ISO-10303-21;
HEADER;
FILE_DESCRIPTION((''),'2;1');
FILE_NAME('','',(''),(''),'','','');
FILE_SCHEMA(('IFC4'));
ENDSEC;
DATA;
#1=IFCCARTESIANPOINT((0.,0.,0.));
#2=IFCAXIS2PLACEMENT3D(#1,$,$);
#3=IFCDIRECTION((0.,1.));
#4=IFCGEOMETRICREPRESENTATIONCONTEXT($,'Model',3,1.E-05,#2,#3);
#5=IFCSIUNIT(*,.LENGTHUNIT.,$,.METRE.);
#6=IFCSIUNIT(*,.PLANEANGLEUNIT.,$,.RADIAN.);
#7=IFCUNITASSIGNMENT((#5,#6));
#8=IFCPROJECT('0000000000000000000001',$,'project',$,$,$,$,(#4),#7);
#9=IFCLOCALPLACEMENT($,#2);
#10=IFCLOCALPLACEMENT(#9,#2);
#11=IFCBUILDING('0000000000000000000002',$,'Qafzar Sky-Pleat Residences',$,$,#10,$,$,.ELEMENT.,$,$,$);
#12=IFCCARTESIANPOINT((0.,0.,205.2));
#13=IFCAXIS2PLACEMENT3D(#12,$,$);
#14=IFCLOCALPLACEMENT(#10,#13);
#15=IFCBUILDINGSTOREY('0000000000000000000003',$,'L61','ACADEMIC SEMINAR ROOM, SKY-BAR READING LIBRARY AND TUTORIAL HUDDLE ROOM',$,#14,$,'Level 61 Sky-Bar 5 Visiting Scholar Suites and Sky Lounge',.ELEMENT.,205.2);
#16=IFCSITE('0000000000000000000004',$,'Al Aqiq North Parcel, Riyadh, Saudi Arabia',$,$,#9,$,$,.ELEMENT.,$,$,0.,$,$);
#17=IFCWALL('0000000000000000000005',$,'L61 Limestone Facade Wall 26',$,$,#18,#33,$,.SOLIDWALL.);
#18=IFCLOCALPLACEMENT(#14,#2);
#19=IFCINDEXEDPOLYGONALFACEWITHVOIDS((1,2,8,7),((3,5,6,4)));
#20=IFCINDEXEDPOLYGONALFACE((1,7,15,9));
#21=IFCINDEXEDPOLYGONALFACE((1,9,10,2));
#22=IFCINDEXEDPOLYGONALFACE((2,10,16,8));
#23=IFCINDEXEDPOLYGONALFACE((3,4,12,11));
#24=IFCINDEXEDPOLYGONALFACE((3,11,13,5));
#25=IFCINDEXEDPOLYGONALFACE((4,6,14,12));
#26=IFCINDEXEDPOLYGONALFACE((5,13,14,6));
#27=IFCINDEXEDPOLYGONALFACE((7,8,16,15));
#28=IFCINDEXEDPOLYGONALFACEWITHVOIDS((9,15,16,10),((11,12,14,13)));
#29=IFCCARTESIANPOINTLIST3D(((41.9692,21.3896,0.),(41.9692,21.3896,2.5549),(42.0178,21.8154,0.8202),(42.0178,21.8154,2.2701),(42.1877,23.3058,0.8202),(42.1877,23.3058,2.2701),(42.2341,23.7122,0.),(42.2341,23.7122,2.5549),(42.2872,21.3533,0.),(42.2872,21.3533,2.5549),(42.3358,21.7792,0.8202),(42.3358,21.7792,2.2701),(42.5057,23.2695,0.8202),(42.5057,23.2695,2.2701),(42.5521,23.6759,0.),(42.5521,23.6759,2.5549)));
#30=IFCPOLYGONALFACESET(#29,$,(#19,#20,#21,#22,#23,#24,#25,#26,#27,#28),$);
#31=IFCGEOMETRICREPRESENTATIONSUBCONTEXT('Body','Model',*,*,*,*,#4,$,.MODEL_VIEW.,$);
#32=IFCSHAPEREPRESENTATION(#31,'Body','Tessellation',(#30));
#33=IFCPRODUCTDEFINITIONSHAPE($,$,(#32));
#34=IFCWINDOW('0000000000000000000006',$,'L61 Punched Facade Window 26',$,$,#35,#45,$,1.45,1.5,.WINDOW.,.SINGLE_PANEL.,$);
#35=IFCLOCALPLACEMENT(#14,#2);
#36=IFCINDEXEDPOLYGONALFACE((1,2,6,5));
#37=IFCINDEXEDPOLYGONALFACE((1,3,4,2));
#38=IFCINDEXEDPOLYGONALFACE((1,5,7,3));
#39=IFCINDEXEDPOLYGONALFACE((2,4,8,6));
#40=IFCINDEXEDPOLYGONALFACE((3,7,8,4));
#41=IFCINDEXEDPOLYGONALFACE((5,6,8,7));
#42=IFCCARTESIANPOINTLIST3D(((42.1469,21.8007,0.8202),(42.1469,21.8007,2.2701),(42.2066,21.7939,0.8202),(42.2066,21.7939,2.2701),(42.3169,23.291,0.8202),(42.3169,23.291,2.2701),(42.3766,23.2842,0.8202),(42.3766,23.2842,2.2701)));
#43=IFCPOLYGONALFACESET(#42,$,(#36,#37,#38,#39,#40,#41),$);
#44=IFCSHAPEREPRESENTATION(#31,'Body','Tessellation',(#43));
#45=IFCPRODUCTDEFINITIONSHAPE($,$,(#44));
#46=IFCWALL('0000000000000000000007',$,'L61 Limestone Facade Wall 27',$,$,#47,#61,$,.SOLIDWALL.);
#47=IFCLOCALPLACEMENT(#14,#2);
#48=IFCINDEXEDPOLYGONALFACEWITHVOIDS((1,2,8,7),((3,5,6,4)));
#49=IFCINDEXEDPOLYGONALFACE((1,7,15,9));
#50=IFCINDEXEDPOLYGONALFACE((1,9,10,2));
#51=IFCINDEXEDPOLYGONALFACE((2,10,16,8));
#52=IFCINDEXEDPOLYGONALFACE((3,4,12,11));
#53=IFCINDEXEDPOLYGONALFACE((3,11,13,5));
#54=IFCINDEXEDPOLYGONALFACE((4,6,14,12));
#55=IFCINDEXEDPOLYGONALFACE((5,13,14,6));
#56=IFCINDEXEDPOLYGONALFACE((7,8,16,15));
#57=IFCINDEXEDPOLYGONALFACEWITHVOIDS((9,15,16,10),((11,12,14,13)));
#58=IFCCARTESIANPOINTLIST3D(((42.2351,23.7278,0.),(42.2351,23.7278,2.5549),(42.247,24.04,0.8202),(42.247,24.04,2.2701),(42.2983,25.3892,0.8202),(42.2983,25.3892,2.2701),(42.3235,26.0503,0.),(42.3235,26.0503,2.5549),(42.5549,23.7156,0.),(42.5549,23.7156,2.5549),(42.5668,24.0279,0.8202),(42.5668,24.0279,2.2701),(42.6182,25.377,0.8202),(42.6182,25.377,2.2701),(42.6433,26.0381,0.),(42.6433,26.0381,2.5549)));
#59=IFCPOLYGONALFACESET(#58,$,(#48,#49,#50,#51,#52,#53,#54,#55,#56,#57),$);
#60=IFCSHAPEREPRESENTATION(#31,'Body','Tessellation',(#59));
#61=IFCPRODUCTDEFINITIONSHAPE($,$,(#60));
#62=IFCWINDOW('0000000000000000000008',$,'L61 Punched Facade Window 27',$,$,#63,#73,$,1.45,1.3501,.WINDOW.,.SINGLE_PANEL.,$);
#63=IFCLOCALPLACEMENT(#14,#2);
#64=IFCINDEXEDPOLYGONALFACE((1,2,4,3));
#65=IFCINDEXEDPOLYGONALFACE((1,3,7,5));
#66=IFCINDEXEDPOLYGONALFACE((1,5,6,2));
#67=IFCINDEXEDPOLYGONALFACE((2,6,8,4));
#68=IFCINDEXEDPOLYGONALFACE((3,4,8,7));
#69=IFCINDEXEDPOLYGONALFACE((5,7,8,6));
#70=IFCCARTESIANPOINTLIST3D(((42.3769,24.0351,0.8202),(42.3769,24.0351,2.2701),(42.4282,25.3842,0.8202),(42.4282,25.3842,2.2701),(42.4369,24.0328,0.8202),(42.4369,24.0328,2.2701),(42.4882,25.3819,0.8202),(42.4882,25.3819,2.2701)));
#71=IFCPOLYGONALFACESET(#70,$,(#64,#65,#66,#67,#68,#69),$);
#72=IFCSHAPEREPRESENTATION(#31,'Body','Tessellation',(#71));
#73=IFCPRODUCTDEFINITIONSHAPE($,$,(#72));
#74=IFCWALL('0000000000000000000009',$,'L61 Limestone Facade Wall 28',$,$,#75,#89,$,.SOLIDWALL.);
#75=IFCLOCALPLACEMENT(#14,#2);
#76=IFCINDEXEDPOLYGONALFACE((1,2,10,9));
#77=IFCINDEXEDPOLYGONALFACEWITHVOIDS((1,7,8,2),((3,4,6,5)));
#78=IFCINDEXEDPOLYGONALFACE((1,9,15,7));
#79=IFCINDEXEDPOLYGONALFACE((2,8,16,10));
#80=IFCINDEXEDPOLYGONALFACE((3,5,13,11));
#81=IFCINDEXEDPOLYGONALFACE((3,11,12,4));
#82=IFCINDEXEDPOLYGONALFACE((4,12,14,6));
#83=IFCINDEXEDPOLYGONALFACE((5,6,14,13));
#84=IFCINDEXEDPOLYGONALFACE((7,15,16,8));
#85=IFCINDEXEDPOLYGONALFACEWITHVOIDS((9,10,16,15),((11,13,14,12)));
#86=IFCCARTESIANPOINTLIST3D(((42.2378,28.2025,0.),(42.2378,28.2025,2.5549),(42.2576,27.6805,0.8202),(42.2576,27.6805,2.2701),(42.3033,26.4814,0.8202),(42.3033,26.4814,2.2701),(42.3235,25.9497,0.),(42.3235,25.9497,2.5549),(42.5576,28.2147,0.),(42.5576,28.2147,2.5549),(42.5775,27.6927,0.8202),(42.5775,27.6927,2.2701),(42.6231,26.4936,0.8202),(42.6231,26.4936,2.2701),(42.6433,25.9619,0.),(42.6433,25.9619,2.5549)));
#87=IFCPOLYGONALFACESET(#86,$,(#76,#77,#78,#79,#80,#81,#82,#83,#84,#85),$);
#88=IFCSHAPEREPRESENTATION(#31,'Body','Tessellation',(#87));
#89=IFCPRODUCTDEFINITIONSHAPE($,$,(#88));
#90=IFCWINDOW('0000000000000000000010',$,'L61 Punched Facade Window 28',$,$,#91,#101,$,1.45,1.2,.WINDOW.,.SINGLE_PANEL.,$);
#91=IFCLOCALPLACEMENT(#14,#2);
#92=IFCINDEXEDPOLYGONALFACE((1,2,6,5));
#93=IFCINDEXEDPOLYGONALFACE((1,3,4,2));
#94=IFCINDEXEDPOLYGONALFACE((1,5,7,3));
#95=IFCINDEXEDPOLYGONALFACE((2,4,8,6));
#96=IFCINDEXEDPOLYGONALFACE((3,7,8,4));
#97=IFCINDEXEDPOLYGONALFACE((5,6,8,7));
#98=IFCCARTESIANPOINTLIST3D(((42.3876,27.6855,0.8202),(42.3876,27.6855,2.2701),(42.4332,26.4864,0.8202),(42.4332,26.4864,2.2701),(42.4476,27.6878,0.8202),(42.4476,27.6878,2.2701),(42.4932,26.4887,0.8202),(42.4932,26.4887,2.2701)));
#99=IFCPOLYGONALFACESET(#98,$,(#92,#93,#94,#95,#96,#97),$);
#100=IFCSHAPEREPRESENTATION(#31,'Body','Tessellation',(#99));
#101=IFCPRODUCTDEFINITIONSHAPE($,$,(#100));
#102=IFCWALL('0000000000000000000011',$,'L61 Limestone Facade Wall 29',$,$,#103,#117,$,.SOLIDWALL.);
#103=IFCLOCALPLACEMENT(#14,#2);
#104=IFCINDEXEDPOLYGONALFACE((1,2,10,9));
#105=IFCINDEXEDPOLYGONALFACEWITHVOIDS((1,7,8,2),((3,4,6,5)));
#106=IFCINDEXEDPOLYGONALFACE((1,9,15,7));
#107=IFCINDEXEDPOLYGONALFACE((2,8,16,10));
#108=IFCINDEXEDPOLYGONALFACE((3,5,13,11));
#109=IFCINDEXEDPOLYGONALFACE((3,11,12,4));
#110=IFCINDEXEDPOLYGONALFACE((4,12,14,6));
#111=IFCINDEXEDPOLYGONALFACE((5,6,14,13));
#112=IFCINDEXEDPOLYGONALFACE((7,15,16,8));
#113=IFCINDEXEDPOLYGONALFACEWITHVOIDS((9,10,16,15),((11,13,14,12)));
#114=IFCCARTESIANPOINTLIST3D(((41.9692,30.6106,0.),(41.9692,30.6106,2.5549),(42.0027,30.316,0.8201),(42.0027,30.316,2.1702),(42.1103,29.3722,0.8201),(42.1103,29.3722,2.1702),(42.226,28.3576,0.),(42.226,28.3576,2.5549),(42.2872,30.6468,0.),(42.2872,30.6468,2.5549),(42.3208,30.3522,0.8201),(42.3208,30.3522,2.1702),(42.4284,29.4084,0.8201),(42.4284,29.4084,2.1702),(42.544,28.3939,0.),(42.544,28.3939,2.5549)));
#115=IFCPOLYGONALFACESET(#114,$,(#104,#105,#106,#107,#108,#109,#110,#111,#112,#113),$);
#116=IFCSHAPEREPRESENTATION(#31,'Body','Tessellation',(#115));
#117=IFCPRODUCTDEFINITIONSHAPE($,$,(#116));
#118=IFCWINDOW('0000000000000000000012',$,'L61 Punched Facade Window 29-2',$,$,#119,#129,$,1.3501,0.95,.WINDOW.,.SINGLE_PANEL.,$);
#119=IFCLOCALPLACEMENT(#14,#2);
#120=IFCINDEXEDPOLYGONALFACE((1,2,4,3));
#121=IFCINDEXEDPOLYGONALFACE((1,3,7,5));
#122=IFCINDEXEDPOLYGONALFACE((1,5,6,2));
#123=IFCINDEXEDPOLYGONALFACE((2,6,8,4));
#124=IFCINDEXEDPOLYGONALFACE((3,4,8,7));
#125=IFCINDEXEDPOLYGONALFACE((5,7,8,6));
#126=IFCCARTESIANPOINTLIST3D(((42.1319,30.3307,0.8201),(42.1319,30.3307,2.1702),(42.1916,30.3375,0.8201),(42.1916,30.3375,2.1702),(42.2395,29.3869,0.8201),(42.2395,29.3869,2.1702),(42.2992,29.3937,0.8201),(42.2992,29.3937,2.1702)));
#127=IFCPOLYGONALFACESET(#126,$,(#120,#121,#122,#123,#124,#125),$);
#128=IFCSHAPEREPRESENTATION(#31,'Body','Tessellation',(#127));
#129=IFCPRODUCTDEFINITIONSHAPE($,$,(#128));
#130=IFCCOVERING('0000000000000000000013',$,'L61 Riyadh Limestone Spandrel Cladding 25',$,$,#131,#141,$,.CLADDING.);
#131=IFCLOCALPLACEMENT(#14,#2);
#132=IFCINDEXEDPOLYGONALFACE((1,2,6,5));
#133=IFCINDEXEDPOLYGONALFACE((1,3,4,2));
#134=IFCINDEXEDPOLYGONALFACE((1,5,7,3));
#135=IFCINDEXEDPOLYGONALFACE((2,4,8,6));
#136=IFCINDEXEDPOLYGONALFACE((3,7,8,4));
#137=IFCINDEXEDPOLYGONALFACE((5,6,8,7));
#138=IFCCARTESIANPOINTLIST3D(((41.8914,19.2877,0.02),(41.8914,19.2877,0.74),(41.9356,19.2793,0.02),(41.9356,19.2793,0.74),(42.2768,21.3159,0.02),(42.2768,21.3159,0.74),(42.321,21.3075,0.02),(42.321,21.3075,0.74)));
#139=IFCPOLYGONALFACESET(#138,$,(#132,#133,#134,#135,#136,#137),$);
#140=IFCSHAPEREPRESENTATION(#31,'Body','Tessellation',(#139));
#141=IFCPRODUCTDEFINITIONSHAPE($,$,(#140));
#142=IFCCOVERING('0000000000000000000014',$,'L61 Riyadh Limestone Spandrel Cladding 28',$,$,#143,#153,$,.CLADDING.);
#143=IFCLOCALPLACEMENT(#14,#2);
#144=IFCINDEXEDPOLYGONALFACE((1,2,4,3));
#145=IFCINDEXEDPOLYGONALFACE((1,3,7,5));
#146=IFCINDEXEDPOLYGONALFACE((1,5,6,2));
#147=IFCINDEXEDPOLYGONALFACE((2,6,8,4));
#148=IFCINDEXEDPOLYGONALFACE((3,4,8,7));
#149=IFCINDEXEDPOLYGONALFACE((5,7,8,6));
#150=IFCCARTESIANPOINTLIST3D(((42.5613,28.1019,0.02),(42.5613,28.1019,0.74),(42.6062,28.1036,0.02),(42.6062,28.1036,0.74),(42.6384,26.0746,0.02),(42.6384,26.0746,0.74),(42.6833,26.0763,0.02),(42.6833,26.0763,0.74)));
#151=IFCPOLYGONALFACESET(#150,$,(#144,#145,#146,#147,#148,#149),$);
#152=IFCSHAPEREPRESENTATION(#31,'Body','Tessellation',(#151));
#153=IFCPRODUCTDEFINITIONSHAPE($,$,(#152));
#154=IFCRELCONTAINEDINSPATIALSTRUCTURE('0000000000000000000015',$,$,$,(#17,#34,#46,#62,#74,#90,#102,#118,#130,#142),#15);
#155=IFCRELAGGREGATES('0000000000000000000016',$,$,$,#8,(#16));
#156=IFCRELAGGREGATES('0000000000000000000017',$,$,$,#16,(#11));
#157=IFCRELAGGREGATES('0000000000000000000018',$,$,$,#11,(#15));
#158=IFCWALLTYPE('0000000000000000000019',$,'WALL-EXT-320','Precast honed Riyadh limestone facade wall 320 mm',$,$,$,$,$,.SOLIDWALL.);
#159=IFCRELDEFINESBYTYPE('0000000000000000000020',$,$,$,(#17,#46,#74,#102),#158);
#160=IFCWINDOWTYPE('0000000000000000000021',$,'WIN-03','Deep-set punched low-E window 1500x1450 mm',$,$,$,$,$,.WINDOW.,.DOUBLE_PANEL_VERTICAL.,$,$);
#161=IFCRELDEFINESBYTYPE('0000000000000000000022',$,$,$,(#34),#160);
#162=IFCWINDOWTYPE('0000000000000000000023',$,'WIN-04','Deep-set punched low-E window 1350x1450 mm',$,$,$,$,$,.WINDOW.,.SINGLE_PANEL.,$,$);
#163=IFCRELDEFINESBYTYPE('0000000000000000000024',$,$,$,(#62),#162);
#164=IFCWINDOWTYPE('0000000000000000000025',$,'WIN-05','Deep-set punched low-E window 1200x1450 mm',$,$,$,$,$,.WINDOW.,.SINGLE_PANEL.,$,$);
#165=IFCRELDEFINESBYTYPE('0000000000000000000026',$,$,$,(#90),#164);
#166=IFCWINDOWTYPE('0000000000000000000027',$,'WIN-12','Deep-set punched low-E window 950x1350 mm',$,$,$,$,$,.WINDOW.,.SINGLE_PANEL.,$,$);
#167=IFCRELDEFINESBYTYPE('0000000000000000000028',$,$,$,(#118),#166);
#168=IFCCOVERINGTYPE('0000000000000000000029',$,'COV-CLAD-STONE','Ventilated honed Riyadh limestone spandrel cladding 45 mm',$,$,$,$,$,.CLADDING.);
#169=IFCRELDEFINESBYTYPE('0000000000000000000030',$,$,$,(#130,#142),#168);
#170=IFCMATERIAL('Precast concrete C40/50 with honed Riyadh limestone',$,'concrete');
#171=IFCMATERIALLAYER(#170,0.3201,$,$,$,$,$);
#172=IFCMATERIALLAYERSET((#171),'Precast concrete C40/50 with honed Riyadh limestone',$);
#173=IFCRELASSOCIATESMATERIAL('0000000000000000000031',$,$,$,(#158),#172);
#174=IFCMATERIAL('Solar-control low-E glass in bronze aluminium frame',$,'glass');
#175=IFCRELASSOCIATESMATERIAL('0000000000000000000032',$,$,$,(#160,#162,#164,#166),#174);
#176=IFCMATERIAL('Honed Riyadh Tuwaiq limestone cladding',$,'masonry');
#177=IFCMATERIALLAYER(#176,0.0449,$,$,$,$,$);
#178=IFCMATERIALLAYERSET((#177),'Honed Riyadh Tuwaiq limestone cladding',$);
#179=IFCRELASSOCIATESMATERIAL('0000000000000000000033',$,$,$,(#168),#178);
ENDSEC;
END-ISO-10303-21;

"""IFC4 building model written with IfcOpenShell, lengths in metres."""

from ifc_helpers import new_model, si_unit, direction, frame, frame_2d, origin, origin_2d, place, context, subcontext, project, spatial, rectangle, extrude, source, transform, mapped, material, layer, layer_set, type_object, element, fill, save


model = new_model("IFC4")

# Units and contexts
model_context = context("Model", 3, precision=1e-05, world=origin(), true_north=direction((0.0, 1.0)))
body_context = subcontext(model_context, "Body", "Model", "MODEL_VIEW")
ifc_project = project(units=[si_unit("LENGTHUNIT", "METRE"), si_unit("PLANEANGLEUNIT", "RADIAN")], contexts=[model_context])

# Site, building, storey
site_placement = place(None, origin())
site = spatial("IfcSite", under=ifc_project, at=site_placement, Name="Al Aqiq North Parcel, Riyadh, Saudi Arabia", CompositionType="ELEMENT", RefElevation=0.0)
building_placement = place(site_placement, origin())
building = spatial("IfcBuilding", under=site, at=building_placement, Name="Qafzar Sky-Pleat Residences", CompositionType="ELEMENT")
storey_placement = place(building_placement, frame((0.0, 0.0, 205.2)))
storey = spatial("IfcBuildingStorey", under=building, at=storey_placement, Name="L61", Description="ACADEMIC SEMINAR ROOM, SKY-BAR READING LIBRARY AND TUTORIAL HUDDLE ROOM", LongName="Level 61 Sky-Bar 5 Visiting Scholar Suites and Sky Lounge", CompositionType="ELEMENT", Elevation=205.2)

# Walls, openings, windows
ifc_material_1 = material(Name="Precast concrete C40/50 with honed Riyadh limestone", Category="concrete")
ifc_layer_1 = layer(ifc_material_1, 0.3201)
ifc_layer_set_1 = layer_set([ifc_layer_1], Name="Precast concrete C40/50 with honed Riyadh limestone")
wall_type_1 = type_object("IfcWallType", Name="WALL-EXT-320", Description="Precast honed Riyadh limestone facade wall 320 mm", PredefinedType="SOLIDWALL", material=ifc_layer_set_1)
wall_1_placement = place(storey_placement, frame((42.1282, 21.3713, 0.0), z_axis=(0.0, 0.0, 1.0), x_axis=(0.11332, 0.993559, 0.0)))
wall_1 = element("IfcWall", 1, at=wall_1_placement, inside=storey, type_object=wall_type_1, Name="L61 Limestone Facade Wall 26", PredefinedType="SOLIDWALL", context=body_context, shape_type="SweptSolid", body=[
    extrude(rectangle(XDim=2.3376, YDim=0.3201, at=frame_2d((1.1689, 0.0))), origin(), (0.0, 0.0, 1.0), 2.5549),
])
opening_1_placement = place(wall_1_placement, frame((0.4287, 0.0, 0.8201)))
opening_1 = element("IfcOpeningElement", 2, at=opening_1_placement, cuts=wall_1, PredefinedType="OPENING", context=body_context, shape_type="SweptSolid", body=[
    extrude(rectangle(XDim=1.5, YDim=1.45, at=frame_2d((0.75, 0.7251))), frame((0.0, 0.1699, 0.0), z_axis=(0.0, -1.0, 0.0), x_axis=(1.0, 0.0, 0.0)), (0.0, 0.0, 1.0), 0.3401),
])
ifc_material_2 = material(Name="Solar-control low-E glass in bronze aluminium frame", Category="glass")
window_type_1 = type_object("IfcWindowType", Name="WIN-03", Description="Deep-set punched low-E window 1500x1450 mm", PartitioningType="DOUBLE_PANEL_VERTICAL", PredefinedType="WINDOW", material=ifc_material_2)
shared_shape_1 = source(origin(), body_context, "Body", "SweptSolid", [
    extrude(rectangle(XDim=1.5, YDim=1.45, at=frame_2d((0.75, 0.7251))), frame((0.0, 0.03, 0.0), z_axis=(0.0, -1.0, 0.0), x_axis=(1.0, 0.0, 0.0)), (0.0, 0.0, 1.0), 0.0601),
])
window_1_placement = place(opening_1_placement, origin())
window_1 = element("IfcWindow", 3, at=window_1_placement, inside=storey, type_object=window_type_1, Name="L61 Punched Facade Window 26", OverallHeight=1.45, OverallWidth=1.5, PartitioningType="SINGLE_PANEL", PredefinedType="WINDOW", context=body_context, shape_type="MappedRepresentation", body=[
    mapped(shared_shape_1, transform((0.0, 0.0, 0.0), x_axis=(1.0, 0.0, 0.0), y_axis=(0.0, 1.0, 0.0), z_axis=(0.0, 0.0, 1.0), scale=1.0)),
])
fill(opening_1, window_1)
wall_2_placement = place(storey_placement, frame((42.395, 23.7217, 0.0), z_axis=(0.0, 0.0, 1.0), x_axis=(0.038026, 0.999277, 0.0)))
wall_2 = element("IfcWall", 4, at=wall_2_placement, inside=storey, type_object=wall_type_1, Name="L61 Limestone Facade Wall 27", PredefinedType="SOLIDWALL", context=body_context, shape_type="SweptSolid", body=[
    extrude(rectangle(XDim=2.3242, YDim=0.3201, at=frame_2d((1.1621, 0.0))), origin(), (0.0, 0.0, 1.0), 2.5549),
])
opening_2_placement = place(wall_2_placement, frame((0.3125, 0.0, 0.8201)))
opening_2 = element("IfcOpeningElement", 5, at=opening_2_placement, cuts=wall_2, PredefinedType="OPENING", context=body_context, shape_type="SweptSolid", body=[
    extrude(rectangle(XDim=1.3501, YDim=1.45, at=frame_2d((0.675, 0.7251))), frame((0.0, 0.1699, 0.0), z_axis=(0.0, -1.0, 0.0), x_axis=(1.0, 0.0, 0.0)), (0.0, 0.0, 1.0), 0.3401),
])
window_type_2 = type_object("IfcWindowType", Name="WIN-04", Description="Deep-set punched low-E window 1350x1450 mm", PartitioningType="SINGLE_PANEL", PredefinedType="WINDOW", material=ifc_material_2)
shared_shape_2 = source(origin(), body_context, "Body", "SweptSolid", [
    extrude(rectangle(XDim=1.3501, YDim=1.45, at=frame_2d((0.675, 0.7251))), frame((0.0, 0.03, 0.0), z_axis=(0.0, -1.0, 0.0), x_axis=(1.0, 0.0, 0.0)), (0.0, 0.0, 1.0), 0.0601),
])
window_2_placement = place(opening_2_placement, origin())
window_2 = element("IfcWindow", 6, at=window_2_placement, inside=storey, type_object=window_type_2, Name="L61 Punched Facade Window 27", OverallHeight=1.45, OverallWidth=1.3501, PartitioningType="SINGLE_PANEL", PredefinedType="WINDOW", context=body_context, shape_type="MappedRepresentation", body=[
    mapped(shared_shape_2, transform((0.0, 0.0, 0.0), x_axis=(1.0, 0.0, 0.0), y_axis=(0.0, 1.0, 0.0), z_axis=(0.0, 0.0, 1.0), scale=1.0)),
])
fill(opening_2, window_2)
wall_3_placement = place(storey_placement, frame((42.4834, 25.9558, 0.0), z_axis=(0.0, 0.0, 1.0), x_axis=(-0.038013, 0.999277, 0.0)))
wall_3 = element("IfcWall", 7, at=wall_3_placement, inside=storey, type_object=wall_type_1, Name="L61 Limestone Facade Wall 28", PredefinedType="SOLIDWALL", context=body_context, shape_type="SweptSolid", body=[
    extrude(rectangle(XDim=2.2544, YDim=0.3201, at=frame_2d((1.1272, 0.0))), origin(), (0.0, 0.0, 1.0), 2.5549),
])
opening_3_placement = place(wall_3_placement, frame((0.532, 0.0, 0.8201)))
opening_3 = element("IfcOpeningElement", 8, at=opening_3_placement, cuts=wall_3, PredefinedType="OPENING", context=body_context, shape_type="SweptSolid", body=[
    extrude(rectangle(XDim=1.2, YDim=1.45, at=frame_2d((0.6001, 0.7251))), frame((0.0, 0.1699, 0.0), z_axis=(0.0, -1.0, 0.0), x_axis=(1.0, 0.0, 0.0)), (0.0, 0.0, 1.0), 0.3401),
])
window_type_3 = type_object("IfcWindowType", Name="WIN-05", Description="Deep-set punched low-E window 1200x1450 mm", PartitioningType="SINGLE_PANEL", PredefinedType="WINDOW", material=ifc_material_2)
shared_shape_3 = source(origin(), body_context, "Body", "SweptSolid", [
    extrude(rectangle(XDim=1.2, YDim=1.45, at=frame_2d((0.6001, 0.7251))), frame((0.0, 0.03, 0.0), z_axis=(0.0, -1.0, 0.0), x_axis=(1.0, 0.0, 0.0)), (0.0, 0.0, 1.0), 0.0601),
])
window_3_placement = place(opening_3_placement, origin())
window_3 = element("IfcWindow", 9, at=window_3_placement, inside=storey, type_object=window_type_3, Name="L61 Punched Facade Window 28", OverallHeight=1.45, OverallWidth=1.2, PartitioningType="SINGLE_PANEL", PredefinedType="WINDOW", context=body_context, shape_type="MappedRepresentation", body=[
    mapped(shared_shape_3, transform((0.0, 0.0, 0.0), x_axis=(1.0, 0.0, 0.0), y_axis=(0.0, 1.0, 0.0), z_axis=(0.0, 0.0, 1.0), scale=1.0)),
])
fill(opening_3, window_3)
wall_4_placement = place(storey_placement, frame((42.385, 28.3757, 0.0), z_axis=(0.0, 0.0, 1.0), x_axis=(-0.113267, 0.993565, 0.0)))
wall_4 = element("IfcWall", 10, at=wall_4_placement, inside=storey, type_object=wall_type_1, Name="L61 Limestone Facade Wall 29", PredefinedType="SOLIDWALL", context=body_context, shape_type="SweptSolid", body=[
    extrude(rectangle(XDim=2.2676, YDim=0.3201, at=frame_2d((1.1338, 0.0))), origin(), (0.0, 0.0, 1.0), 2.5549),
])
opening_4_placement = place(wall_4_placement, frame((1.021, 0.0, 0.8201)))
opening_4 = element("IfcOpeningElement", 11, at=opening_4_placement, cuts=wall_4, PredefinedType="OPENING", context=body_context, shape_type="SweptSolid", body=[
    extrude(rectangle(XDim=0.95, YDim=1.3501, at=frame_2d((0.4751, 0.675))), frame((0.0, 0.1699, 0.0), z_axis=(0.0, -1.0, 0.0), x_axis=(1.0, 0.0, 0.0)), (0.0, 0.0, 1.0), 0.3401),
])
window_type_4 = type_object("IfcWindowType", Name="WIN-12", Description="Deep-set punched low-E window 950x1350 mm", PartitioningType="SINGLE_PANEL", PredefinedType="WINDOW", material=ifc_material_2)
shared_shape_4 = source(origin(), body_context, "Body", "SweptSolid", [
    extrude(rectangle(XDim=0.95, YDim=1.3501, at=frame_2d((0.4751, 0.675))), frame((0.0, 0.03, 0.0), z_axis=(0.0, -1.0, 0.0), x_axis=(1.0, 0.0, 0.0)), (0.0, 0.0, 1.0), 0.0601),
])
window_4_placement = place(opening_4_placement, origin())
window_4 = element("IfcWindow", 12, at=window_4_placement, inside=storey, type_object=window_type_4, Name="L61 Punched Facade Window 29-2", OverallHeight=1.3501, OverallWidth=0.95, PartitioningType="SINGLE_PANEL", PredefinedType="WINDOW", context=body_context, shape_type="MappedRepresentation", body=[
    mapped(shared_shape_4, transform((0.0, 0.0, 0.0), x_axis=(1.0, 0.0, 0.0), y_axis=(0.0, 1.0, 0.0), z_axis=(0.0, 0.0, 1.0), scale=1.0)),
])
fill(opening_4, window_4)

# Coverings
ifc_material_3 = material(Name="Honed Riyadh Tuwaiq limestone cladding", Category="masonry")
ifc_layer_2 = layer(ifc_material_3, 0.0449)
ifc_layer_set_2 = layer_set([ifc_layer_2], Name="Honed Riyadh Tuwaiq limestone cladding")
covering_type = type_object("IfcCoveringType", Name="COV-CLAD-STONE", Description="Ventilated honed Riyadh limestone spandrel cladding 45 mm", PredefinedType="CLADDING", material=ifc_layer_set_2)
shared_shape_5 = source(origin(), body_context, "Body", "SweptSolid", [
    extrude(rectangle(XDim=2.0645, YDim=0.0449, at=origin_2d()), origin(), (0.0, 0.0, 1.0), 0.72),
])
covering_1_placement = place(storey_placement, frame((42.1062, 20.2976, 0.02), z_axis=(0.0, 0.0, 1.0), x_axis=(0.186683, 0.98242, 0.0)))
element("IfcCovering", 13, at=covering_1_placement, inside=storey, type_object=covering_type, Name="L61 Riyadh Limestone Spandrel Cladding 25", PredefinedType="CLADDING", context=body_context, shape_type="MappedRepresentation", body=[
    mapped(shared_shape_5, transform((0.0, 0.0, 0.0), x_axis=(1.0, 0.0, 0.0), y_axis=(0.0, 1.0, 0.0), z_axis=(0.0, 0.0, 1.0), scale=1.0)),
])
shared_shape_6 = source(origin(), body_context, "Body", "SweptSolid", [
    extrude(rectangle(XDim=2.0288, YDim=0.0449, at=origin_2d()), origin(), (0.0, 0.0, 1.0), 0.72),
])
covering_2_placement = place(storey_placement, frame((42.6223, 27.0891, 0.02), z_axis=(0.0, 0.0, 1.0), x_axis=(-0.038017, 0.999277, 0.0)))
element("IfcCovering", 14, at=covering_2_placement, inside=storey, type_object=covering_type, Name="L61 Riyadh Limestone Spandrel Cladding 28", PredefinedType="CLADDING", context=body_context, shape_type="MappedRepresentation", body=[
    mapped(shared_shape_6, transform((0.0, 0.0, 0.0), x_axis=(1.0, 0.0, 0.0), y_axis=(0.0, 1.0, 0.0), z_axis=(0.0, 0.0, 1.0), scale=1.0)),
])

save(model, "model.ifc")
